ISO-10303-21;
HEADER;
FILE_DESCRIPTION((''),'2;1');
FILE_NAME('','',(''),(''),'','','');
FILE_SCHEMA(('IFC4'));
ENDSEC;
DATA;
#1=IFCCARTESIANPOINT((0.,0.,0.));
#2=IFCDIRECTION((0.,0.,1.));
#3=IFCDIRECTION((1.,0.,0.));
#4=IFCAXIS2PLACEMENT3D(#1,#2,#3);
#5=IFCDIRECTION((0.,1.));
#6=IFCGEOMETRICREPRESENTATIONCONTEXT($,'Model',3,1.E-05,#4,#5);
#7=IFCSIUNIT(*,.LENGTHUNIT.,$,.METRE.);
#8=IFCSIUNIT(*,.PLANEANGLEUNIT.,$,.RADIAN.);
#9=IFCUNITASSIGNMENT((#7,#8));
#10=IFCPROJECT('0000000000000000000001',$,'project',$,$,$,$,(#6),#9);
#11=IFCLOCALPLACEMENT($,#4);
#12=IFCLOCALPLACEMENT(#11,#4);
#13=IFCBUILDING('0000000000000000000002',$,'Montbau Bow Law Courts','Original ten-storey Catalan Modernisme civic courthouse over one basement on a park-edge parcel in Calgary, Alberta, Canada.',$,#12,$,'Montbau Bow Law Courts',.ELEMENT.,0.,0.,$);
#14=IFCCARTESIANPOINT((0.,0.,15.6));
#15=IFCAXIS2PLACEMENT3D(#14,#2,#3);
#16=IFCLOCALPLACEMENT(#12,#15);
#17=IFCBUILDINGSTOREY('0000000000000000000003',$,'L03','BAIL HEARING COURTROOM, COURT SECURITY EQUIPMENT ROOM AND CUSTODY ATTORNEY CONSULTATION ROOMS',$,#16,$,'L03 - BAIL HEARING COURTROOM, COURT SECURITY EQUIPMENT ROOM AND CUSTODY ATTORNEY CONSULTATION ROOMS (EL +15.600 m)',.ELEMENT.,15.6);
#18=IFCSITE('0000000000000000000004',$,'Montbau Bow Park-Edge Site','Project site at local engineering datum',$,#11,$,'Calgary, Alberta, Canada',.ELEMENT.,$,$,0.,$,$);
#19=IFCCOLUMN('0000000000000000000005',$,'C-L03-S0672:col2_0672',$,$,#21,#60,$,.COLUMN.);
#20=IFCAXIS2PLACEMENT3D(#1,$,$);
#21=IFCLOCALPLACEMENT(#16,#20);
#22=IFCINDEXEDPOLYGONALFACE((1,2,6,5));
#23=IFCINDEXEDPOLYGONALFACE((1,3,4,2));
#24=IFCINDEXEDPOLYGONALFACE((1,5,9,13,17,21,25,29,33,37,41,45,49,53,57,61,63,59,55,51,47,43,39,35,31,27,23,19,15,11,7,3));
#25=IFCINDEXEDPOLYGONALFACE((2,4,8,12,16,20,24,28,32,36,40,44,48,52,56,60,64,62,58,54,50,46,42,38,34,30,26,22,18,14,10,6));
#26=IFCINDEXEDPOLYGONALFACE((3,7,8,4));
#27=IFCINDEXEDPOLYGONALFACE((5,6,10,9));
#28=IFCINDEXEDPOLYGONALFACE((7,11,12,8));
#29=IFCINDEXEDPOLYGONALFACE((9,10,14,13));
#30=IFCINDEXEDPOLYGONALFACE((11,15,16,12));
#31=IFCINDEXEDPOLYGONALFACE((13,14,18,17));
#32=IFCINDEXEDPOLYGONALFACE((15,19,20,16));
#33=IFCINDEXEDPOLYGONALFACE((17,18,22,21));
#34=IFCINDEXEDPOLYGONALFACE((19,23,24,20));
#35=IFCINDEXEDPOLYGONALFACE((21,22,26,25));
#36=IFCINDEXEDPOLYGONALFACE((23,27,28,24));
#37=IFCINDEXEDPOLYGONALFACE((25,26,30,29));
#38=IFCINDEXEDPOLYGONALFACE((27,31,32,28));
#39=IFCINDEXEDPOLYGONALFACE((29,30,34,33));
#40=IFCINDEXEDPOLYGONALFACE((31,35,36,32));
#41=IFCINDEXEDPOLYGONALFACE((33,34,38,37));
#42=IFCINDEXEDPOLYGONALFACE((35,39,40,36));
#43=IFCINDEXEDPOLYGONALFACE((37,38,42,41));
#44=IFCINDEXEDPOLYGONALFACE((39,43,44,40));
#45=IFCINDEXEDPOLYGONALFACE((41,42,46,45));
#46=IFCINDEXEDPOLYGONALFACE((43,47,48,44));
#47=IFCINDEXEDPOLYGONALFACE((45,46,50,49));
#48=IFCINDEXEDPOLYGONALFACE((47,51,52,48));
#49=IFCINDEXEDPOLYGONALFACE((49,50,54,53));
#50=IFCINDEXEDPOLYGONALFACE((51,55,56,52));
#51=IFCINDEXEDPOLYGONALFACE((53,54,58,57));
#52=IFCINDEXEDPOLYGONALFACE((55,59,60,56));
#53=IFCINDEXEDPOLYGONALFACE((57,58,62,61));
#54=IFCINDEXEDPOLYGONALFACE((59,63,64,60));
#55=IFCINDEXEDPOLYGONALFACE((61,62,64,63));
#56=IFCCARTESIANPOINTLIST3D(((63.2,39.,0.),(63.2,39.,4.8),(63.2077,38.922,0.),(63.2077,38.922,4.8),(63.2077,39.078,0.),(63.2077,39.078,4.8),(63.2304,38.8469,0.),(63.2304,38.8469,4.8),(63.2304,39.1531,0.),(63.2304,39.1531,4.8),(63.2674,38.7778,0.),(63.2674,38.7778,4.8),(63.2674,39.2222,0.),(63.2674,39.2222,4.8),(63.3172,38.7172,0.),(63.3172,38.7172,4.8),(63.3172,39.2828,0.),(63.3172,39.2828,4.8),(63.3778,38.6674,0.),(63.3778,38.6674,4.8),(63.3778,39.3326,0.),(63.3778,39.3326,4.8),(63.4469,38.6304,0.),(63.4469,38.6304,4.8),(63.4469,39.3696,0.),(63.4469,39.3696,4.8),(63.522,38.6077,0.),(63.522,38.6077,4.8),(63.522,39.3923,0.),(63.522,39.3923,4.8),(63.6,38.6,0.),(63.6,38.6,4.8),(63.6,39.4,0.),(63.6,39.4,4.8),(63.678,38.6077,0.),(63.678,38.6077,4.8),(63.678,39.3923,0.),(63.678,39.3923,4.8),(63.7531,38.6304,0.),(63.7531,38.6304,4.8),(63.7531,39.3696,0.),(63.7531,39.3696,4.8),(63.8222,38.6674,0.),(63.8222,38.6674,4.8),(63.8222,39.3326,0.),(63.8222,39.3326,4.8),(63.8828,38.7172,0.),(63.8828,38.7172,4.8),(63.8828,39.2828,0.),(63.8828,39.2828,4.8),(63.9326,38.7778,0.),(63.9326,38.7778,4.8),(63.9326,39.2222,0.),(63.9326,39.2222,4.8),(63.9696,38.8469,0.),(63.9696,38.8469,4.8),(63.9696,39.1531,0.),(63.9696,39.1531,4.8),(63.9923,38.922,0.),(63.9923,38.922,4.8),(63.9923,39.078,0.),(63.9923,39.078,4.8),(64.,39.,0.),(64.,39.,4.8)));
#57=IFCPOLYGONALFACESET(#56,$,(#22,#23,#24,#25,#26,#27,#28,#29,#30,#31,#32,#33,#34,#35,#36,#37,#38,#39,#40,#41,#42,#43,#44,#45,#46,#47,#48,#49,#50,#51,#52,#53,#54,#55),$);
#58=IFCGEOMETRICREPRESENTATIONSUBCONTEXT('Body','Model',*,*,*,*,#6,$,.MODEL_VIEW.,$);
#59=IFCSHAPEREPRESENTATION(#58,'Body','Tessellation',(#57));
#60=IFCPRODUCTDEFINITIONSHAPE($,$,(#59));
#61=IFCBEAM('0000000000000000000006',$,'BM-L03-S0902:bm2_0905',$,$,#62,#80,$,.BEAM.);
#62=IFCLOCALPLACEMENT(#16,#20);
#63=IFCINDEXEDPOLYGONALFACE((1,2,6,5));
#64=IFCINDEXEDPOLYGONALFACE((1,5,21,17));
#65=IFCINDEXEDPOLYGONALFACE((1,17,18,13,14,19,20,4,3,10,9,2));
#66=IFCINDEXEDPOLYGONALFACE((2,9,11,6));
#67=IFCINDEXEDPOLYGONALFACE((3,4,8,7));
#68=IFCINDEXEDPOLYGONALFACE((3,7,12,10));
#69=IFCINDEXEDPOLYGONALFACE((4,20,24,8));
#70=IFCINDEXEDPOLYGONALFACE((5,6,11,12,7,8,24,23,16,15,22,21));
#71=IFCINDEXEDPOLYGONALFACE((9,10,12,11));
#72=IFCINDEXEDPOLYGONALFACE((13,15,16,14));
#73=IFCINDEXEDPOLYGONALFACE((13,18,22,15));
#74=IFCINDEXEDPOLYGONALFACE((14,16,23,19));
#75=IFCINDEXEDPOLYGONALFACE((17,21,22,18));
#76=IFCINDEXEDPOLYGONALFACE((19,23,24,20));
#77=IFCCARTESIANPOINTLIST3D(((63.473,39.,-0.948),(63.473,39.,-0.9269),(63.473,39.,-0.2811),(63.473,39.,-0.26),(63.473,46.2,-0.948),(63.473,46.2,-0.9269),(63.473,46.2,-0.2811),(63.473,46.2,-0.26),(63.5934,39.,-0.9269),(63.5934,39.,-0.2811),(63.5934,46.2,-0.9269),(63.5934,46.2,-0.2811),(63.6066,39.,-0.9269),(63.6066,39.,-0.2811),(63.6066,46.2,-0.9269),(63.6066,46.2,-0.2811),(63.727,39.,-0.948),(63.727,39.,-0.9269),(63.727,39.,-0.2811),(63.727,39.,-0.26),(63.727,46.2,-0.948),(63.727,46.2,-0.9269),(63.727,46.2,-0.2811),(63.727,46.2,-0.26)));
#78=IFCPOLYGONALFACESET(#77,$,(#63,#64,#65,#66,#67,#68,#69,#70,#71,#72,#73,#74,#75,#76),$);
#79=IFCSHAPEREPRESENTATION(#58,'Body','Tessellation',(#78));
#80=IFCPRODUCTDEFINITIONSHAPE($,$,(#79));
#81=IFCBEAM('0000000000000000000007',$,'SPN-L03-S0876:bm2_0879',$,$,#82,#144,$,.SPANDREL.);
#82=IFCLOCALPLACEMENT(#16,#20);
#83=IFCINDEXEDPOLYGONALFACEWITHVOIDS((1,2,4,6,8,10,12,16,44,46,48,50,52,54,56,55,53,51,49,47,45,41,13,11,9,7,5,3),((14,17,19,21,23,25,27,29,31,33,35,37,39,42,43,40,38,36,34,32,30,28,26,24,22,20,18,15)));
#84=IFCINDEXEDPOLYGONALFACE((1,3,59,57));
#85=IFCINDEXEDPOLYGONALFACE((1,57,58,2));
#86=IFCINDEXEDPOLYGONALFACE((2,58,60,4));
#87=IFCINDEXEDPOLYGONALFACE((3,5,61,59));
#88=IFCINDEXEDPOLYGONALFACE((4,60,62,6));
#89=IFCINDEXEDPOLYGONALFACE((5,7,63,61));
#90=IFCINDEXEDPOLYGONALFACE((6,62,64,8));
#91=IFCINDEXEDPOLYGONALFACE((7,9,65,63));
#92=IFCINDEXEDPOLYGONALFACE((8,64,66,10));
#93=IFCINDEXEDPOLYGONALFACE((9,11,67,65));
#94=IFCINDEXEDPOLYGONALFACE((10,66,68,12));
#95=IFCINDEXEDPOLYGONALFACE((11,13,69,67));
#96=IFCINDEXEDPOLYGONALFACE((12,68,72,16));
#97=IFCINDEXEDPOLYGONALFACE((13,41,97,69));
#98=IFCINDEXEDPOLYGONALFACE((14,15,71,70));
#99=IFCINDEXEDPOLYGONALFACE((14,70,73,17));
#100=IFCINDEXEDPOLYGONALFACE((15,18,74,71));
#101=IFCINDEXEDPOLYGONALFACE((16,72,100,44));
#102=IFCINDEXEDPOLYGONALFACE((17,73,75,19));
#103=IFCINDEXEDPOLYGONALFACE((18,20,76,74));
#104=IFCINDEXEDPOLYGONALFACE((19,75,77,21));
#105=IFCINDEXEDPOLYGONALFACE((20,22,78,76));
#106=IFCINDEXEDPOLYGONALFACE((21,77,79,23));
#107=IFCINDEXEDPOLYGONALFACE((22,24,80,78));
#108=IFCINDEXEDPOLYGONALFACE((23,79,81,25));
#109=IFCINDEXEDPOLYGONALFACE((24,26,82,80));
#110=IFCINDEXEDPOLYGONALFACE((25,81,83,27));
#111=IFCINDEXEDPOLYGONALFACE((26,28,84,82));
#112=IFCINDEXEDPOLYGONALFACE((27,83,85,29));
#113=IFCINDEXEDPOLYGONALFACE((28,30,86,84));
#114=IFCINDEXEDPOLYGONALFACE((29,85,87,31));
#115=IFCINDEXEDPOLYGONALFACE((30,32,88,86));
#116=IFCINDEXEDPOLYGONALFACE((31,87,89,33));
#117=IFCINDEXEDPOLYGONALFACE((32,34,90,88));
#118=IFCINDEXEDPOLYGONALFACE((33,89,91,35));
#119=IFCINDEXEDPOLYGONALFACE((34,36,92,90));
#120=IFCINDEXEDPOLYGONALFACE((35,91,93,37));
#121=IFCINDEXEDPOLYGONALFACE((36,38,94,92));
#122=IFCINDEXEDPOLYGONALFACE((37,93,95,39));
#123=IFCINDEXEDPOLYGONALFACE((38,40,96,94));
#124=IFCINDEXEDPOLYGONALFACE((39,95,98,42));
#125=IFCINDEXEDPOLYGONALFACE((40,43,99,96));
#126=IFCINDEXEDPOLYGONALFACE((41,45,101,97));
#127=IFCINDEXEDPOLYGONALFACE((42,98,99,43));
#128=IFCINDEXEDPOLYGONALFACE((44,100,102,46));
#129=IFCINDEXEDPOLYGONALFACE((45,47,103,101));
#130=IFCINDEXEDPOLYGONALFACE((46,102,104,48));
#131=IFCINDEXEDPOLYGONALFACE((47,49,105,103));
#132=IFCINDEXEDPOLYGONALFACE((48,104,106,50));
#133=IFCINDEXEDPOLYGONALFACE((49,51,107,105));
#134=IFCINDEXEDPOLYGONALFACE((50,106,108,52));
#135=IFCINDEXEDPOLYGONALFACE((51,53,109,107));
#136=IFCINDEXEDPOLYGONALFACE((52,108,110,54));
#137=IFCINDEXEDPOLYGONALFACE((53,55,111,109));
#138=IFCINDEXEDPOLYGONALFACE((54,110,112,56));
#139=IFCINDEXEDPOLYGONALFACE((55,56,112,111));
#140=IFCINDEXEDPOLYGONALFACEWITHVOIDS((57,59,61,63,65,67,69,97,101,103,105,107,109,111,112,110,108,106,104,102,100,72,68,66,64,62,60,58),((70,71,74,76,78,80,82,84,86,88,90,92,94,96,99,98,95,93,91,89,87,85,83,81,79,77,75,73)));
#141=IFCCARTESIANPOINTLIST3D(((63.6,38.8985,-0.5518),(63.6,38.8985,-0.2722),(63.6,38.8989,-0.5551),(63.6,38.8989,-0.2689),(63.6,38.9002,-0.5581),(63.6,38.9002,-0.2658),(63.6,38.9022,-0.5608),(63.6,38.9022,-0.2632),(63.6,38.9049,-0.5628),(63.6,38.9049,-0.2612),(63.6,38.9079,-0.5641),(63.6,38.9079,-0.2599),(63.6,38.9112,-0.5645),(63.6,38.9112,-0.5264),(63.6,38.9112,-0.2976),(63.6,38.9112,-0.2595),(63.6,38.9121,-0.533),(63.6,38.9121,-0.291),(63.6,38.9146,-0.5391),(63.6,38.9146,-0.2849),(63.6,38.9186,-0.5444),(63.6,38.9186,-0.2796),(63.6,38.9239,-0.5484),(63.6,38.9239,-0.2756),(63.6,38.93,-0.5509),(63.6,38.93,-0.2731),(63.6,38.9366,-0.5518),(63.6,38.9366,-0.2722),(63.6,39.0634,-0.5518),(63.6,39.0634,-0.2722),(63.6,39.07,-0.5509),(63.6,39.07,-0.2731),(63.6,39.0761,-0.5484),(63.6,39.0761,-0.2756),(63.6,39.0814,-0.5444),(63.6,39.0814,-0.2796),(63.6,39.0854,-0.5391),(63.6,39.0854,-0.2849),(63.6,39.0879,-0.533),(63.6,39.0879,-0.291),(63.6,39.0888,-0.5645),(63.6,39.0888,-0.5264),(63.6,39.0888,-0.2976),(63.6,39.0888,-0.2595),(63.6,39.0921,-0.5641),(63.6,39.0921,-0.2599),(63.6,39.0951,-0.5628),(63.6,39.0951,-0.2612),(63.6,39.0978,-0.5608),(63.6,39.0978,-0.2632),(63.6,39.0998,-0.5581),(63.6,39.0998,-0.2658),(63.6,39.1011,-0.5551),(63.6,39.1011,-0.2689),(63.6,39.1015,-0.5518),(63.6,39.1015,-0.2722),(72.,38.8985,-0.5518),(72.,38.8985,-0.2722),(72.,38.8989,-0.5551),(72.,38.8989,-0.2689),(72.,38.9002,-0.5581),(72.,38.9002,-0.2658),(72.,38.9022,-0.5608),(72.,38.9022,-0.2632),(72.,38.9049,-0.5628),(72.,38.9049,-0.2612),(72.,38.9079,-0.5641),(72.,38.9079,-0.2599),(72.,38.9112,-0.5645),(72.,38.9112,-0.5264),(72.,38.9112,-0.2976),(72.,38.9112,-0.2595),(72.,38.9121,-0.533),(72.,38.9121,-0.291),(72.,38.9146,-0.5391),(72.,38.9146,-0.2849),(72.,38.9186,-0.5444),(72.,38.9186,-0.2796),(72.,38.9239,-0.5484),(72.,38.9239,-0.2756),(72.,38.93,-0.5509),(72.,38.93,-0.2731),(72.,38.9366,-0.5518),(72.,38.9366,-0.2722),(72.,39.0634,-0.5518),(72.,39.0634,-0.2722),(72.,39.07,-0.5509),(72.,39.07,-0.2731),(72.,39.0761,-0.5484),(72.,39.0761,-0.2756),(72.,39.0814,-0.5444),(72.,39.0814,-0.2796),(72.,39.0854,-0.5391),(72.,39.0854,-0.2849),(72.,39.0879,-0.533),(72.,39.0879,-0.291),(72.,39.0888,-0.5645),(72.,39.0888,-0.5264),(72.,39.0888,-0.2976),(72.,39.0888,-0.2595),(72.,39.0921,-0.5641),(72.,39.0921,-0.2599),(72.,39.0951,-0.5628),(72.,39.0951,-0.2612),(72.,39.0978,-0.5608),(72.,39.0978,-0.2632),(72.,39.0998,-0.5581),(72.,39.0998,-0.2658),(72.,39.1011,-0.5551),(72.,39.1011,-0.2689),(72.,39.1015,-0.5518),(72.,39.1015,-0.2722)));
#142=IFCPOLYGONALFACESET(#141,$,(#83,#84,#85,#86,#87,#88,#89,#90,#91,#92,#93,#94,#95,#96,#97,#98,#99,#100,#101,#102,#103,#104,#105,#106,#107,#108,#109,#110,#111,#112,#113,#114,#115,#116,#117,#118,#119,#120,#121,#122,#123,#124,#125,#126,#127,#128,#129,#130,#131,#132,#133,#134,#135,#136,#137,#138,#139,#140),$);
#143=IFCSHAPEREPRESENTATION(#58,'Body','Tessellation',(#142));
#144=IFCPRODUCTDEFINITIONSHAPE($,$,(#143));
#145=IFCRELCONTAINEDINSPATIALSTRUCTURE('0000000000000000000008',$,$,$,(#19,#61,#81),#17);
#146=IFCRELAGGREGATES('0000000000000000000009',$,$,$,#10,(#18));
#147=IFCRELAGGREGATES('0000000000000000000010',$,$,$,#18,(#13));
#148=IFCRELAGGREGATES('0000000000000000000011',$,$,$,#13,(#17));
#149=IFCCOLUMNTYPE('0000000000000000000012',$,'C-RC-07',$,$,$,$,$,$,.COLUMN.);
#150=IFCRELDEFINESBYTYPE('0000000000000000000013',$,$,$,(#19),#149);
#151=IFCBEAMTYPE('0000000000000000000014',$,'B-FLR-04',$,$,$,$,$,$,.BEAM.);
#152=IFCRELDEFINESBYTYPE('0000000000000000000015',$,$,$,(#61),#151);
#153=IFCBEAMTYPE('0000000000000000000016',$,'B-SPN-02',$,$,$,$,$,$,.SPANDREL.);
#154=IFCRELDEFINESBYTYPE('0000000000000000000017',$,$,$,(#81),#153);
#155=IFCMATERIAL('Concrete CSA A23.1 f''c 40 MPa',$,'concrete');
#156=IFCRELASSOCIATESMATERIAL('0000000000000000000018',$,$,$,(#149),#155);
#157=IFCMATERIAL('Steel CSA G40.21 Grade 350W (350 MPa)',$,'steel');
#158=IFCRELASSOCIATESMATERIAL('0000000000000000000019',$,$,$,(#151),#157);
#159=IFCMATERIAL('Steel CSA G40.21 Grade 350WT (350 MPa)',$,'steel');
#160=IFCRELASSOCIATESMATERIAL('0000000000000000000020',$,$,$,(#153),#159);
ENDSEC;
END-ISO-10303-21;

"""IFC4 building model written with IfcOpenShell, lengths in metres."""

from ifc_helpers import new_model, si_unit, direction, frame, origin_with_axes, origin_2d_with_axis, place, context, subcontext, project, spatial, hollow_rectangle, circle, i_section, extrude, material, material_profile, profile_set, type_object, element, save


model = new_model("IFC4")

# Units and contexts
model_context = context("Model", 3, precision=1e-05, world=origin_with_axes(), true_north=direction((0.0, 1.0)))
body_context = subcontext(model_context, "Body", "Model", "MODEL_VIEW")
ifc_project = project(units=[si_unit("LENGTHUNIT", "METRE"), si_unit("PLANEANGLEUNIT", "RADIAN")], contexts=[model_context])

# Site, building, storey
site_placement = place(None, origin_with_axes())
site = spatial("IfcSite", under=ifc_project, at=site_placement, Name="Montbau Bow Park-Edge Site", Description="Project site at local engineering datum", LongName="Calgary, Alberta, Canada", CompositionType="ELEMENT", RefElevation=0.0)
building_placement = place(site_placement, origin_with_axes())
building = spatial("IfcBuilding", under=site, at=building_placement, Name="Montbau Bow Law Courts", Description="Original ten-storey Catalan Modernisme civic courthouse over one basement on a park-edge parcel in Calgary, Alberta, Canada.", LongName="Montbau Bow Law Courts", CompositionType="ELEMENT", ElevationOfRefHeight=0.0, ElevationOfTerrain=0.0)
storey_placement = place(building_placement, frame((0.0, 0.0, 15.6), z_axis=(0.0, 0.0, 1.0), x_axis=(1.0, 0.0, 0.0)))
storey = spatial("IfcBuildingStorey", under=building, at=storey_placement, Name="L03", Description="BAIL HEARING COURTROOM, COURT SECURITY EQUIPMENT ROOM AND CUSTODY ATTORNEY CONSULTATION ROOMS", LongName="L03 - BAIL HEARING COURTROOM, COURT SECURITY EQUIPMENT ROOM AND CUSTODY ATTORNEY CONSULTATION ROOMS (EL +15.600 m)", CompositionType="ELEMENT", Elevation=15.6)

# Column
ifc_material_1 = material(Name="Concrete CSA A23.1 f'c 40 MPa", Category="concrete")
ifc_material_profile_1 = material_profile(ifc_material_1, circle(Radius=0.4, at=origin_2d_with_axis()), Name="RC800D", Category="Main", Priority=0)
ifc_profile_set_1 = profile_set([ifc_material_profile_1], Name="Concrete CSA A23.1 f'c 40 MPa")
column_type = type_object("IfcColumnType", Name="C-RC-07", PredefinedType="COLUMN", material=ifc_profile_set_1)
column_placement = place(None, frame((63.6, 39.0, 15.6), z_axis=(0.0, 0.0, 1.0), x_axis=(1.0, 0.0, 0.0)))
element("IfcColumn", 1, at=column_placement, inside=storey, type_object=column_type, Name="C-L03-S0672:col2_0672", PredefinedType="COLUMN", context=body_context, shape_type="SweptSolid", body=[
    extrude(circle(Radius=0.4, at=origin_2d_with_axis()), origin_with_axes(), (0.0, 0.0, 1.0), 4.8),
])

# Beams
ifc_material_2 = material(Name="Steel CSA G40.21 Grade 350W (350 MPa)", Category="steel")
ifc_material_profile_2 = material_profile(ifc_material_2, i_section(OverallWidth=0.254, OverallDepth=0.688, WebThickness=0.0131, FlangeThickness=0.0211, at=origin_2d_with_axis()), Name="W690X152", Category="Main", Priority=0)
ifc_profile_set_2 = profile_set([ifc_material_profile_2], Name="Steel CSA G40.21 Grade 350W (350 MPa)")
beam_type_1 = type_object("IfcBeamType", Name="B-FLR-04", PredefinedType="BEAM", material=ifc_profile_set_2)
beam_1_placement = place(None, frame((63.6, 39.0, 14.996), z_axis=(0.0, 1.0, 0.0), x_axis=(-1.0, 0.0, 0.0)))
element("IfcBeam", 2, at=beam_1_placement, inside=storey, type_object=beam_type_1, Name="BM-L03-S0902:bm2_0905", PredefinedType="BEAM", context=body_context, shape_type="SweptSolid", body=[
    extrude(i_section(OverallWidth=0.254, OverallDepth=0.688, WebThickness=0.0131, FlangeThickness=0.0211, at=origin_2d_with_axis()), origin_with_axes(), (0.0, 0.0, 1.0), 7.2),
])
ifc_material_3 = material(Name="Steel CSA G40.21 Grade 350WT (350 MPa)", Category="steel")
ifc_material_profile_3 = material_profile(ifc_material_3, hollow_rectangle(XDim=0.203, YDim=0.305, WallThickness=0.0127, InnerFilletRadius=0.0254, OuterFilletRadius=0.0127, at=origin_2d_with_axis()), Name="HSS305X203X13", Category="Main", Priority=0)
ifc_profile_set_3 = profile_set([ifc_material_profile_3], Name="Steel CSA G40.21 Grade 350WT (350 MPa)")
beam_type_2 = type_object("IfcBeamType", Name="B-SPN-02", PredefinedType="SPANDREL", material=ifc_profile_set_3)
beam_2_placement = place(None, frame((63.6, 39.0, 15.188), z_axis=(1.0, 0.0, 0.0), x_axis=(0.0, 1.0, 0.0)))
element("IfcBeam", 3, at=beam_2_placement, inside=storey, type_object=beam_type_2, Name="SPN-L03-S0876:bm2_0879", PredefinedType="SPANDREL", context=body_context, shape_type="SweptSolid", body=[
    extrude(hollow_rectangle(XDim=0.203, YDim=0.305, WallThickness=0.0127, InnerFilletRadius=0.0254, OuterFilletRadius=0.0127, at=origin_2d_with_axis()), origin_with_axes(), (0.0, 0.0, 1.0), 8.4),
])

save(model, "model.ifc")
